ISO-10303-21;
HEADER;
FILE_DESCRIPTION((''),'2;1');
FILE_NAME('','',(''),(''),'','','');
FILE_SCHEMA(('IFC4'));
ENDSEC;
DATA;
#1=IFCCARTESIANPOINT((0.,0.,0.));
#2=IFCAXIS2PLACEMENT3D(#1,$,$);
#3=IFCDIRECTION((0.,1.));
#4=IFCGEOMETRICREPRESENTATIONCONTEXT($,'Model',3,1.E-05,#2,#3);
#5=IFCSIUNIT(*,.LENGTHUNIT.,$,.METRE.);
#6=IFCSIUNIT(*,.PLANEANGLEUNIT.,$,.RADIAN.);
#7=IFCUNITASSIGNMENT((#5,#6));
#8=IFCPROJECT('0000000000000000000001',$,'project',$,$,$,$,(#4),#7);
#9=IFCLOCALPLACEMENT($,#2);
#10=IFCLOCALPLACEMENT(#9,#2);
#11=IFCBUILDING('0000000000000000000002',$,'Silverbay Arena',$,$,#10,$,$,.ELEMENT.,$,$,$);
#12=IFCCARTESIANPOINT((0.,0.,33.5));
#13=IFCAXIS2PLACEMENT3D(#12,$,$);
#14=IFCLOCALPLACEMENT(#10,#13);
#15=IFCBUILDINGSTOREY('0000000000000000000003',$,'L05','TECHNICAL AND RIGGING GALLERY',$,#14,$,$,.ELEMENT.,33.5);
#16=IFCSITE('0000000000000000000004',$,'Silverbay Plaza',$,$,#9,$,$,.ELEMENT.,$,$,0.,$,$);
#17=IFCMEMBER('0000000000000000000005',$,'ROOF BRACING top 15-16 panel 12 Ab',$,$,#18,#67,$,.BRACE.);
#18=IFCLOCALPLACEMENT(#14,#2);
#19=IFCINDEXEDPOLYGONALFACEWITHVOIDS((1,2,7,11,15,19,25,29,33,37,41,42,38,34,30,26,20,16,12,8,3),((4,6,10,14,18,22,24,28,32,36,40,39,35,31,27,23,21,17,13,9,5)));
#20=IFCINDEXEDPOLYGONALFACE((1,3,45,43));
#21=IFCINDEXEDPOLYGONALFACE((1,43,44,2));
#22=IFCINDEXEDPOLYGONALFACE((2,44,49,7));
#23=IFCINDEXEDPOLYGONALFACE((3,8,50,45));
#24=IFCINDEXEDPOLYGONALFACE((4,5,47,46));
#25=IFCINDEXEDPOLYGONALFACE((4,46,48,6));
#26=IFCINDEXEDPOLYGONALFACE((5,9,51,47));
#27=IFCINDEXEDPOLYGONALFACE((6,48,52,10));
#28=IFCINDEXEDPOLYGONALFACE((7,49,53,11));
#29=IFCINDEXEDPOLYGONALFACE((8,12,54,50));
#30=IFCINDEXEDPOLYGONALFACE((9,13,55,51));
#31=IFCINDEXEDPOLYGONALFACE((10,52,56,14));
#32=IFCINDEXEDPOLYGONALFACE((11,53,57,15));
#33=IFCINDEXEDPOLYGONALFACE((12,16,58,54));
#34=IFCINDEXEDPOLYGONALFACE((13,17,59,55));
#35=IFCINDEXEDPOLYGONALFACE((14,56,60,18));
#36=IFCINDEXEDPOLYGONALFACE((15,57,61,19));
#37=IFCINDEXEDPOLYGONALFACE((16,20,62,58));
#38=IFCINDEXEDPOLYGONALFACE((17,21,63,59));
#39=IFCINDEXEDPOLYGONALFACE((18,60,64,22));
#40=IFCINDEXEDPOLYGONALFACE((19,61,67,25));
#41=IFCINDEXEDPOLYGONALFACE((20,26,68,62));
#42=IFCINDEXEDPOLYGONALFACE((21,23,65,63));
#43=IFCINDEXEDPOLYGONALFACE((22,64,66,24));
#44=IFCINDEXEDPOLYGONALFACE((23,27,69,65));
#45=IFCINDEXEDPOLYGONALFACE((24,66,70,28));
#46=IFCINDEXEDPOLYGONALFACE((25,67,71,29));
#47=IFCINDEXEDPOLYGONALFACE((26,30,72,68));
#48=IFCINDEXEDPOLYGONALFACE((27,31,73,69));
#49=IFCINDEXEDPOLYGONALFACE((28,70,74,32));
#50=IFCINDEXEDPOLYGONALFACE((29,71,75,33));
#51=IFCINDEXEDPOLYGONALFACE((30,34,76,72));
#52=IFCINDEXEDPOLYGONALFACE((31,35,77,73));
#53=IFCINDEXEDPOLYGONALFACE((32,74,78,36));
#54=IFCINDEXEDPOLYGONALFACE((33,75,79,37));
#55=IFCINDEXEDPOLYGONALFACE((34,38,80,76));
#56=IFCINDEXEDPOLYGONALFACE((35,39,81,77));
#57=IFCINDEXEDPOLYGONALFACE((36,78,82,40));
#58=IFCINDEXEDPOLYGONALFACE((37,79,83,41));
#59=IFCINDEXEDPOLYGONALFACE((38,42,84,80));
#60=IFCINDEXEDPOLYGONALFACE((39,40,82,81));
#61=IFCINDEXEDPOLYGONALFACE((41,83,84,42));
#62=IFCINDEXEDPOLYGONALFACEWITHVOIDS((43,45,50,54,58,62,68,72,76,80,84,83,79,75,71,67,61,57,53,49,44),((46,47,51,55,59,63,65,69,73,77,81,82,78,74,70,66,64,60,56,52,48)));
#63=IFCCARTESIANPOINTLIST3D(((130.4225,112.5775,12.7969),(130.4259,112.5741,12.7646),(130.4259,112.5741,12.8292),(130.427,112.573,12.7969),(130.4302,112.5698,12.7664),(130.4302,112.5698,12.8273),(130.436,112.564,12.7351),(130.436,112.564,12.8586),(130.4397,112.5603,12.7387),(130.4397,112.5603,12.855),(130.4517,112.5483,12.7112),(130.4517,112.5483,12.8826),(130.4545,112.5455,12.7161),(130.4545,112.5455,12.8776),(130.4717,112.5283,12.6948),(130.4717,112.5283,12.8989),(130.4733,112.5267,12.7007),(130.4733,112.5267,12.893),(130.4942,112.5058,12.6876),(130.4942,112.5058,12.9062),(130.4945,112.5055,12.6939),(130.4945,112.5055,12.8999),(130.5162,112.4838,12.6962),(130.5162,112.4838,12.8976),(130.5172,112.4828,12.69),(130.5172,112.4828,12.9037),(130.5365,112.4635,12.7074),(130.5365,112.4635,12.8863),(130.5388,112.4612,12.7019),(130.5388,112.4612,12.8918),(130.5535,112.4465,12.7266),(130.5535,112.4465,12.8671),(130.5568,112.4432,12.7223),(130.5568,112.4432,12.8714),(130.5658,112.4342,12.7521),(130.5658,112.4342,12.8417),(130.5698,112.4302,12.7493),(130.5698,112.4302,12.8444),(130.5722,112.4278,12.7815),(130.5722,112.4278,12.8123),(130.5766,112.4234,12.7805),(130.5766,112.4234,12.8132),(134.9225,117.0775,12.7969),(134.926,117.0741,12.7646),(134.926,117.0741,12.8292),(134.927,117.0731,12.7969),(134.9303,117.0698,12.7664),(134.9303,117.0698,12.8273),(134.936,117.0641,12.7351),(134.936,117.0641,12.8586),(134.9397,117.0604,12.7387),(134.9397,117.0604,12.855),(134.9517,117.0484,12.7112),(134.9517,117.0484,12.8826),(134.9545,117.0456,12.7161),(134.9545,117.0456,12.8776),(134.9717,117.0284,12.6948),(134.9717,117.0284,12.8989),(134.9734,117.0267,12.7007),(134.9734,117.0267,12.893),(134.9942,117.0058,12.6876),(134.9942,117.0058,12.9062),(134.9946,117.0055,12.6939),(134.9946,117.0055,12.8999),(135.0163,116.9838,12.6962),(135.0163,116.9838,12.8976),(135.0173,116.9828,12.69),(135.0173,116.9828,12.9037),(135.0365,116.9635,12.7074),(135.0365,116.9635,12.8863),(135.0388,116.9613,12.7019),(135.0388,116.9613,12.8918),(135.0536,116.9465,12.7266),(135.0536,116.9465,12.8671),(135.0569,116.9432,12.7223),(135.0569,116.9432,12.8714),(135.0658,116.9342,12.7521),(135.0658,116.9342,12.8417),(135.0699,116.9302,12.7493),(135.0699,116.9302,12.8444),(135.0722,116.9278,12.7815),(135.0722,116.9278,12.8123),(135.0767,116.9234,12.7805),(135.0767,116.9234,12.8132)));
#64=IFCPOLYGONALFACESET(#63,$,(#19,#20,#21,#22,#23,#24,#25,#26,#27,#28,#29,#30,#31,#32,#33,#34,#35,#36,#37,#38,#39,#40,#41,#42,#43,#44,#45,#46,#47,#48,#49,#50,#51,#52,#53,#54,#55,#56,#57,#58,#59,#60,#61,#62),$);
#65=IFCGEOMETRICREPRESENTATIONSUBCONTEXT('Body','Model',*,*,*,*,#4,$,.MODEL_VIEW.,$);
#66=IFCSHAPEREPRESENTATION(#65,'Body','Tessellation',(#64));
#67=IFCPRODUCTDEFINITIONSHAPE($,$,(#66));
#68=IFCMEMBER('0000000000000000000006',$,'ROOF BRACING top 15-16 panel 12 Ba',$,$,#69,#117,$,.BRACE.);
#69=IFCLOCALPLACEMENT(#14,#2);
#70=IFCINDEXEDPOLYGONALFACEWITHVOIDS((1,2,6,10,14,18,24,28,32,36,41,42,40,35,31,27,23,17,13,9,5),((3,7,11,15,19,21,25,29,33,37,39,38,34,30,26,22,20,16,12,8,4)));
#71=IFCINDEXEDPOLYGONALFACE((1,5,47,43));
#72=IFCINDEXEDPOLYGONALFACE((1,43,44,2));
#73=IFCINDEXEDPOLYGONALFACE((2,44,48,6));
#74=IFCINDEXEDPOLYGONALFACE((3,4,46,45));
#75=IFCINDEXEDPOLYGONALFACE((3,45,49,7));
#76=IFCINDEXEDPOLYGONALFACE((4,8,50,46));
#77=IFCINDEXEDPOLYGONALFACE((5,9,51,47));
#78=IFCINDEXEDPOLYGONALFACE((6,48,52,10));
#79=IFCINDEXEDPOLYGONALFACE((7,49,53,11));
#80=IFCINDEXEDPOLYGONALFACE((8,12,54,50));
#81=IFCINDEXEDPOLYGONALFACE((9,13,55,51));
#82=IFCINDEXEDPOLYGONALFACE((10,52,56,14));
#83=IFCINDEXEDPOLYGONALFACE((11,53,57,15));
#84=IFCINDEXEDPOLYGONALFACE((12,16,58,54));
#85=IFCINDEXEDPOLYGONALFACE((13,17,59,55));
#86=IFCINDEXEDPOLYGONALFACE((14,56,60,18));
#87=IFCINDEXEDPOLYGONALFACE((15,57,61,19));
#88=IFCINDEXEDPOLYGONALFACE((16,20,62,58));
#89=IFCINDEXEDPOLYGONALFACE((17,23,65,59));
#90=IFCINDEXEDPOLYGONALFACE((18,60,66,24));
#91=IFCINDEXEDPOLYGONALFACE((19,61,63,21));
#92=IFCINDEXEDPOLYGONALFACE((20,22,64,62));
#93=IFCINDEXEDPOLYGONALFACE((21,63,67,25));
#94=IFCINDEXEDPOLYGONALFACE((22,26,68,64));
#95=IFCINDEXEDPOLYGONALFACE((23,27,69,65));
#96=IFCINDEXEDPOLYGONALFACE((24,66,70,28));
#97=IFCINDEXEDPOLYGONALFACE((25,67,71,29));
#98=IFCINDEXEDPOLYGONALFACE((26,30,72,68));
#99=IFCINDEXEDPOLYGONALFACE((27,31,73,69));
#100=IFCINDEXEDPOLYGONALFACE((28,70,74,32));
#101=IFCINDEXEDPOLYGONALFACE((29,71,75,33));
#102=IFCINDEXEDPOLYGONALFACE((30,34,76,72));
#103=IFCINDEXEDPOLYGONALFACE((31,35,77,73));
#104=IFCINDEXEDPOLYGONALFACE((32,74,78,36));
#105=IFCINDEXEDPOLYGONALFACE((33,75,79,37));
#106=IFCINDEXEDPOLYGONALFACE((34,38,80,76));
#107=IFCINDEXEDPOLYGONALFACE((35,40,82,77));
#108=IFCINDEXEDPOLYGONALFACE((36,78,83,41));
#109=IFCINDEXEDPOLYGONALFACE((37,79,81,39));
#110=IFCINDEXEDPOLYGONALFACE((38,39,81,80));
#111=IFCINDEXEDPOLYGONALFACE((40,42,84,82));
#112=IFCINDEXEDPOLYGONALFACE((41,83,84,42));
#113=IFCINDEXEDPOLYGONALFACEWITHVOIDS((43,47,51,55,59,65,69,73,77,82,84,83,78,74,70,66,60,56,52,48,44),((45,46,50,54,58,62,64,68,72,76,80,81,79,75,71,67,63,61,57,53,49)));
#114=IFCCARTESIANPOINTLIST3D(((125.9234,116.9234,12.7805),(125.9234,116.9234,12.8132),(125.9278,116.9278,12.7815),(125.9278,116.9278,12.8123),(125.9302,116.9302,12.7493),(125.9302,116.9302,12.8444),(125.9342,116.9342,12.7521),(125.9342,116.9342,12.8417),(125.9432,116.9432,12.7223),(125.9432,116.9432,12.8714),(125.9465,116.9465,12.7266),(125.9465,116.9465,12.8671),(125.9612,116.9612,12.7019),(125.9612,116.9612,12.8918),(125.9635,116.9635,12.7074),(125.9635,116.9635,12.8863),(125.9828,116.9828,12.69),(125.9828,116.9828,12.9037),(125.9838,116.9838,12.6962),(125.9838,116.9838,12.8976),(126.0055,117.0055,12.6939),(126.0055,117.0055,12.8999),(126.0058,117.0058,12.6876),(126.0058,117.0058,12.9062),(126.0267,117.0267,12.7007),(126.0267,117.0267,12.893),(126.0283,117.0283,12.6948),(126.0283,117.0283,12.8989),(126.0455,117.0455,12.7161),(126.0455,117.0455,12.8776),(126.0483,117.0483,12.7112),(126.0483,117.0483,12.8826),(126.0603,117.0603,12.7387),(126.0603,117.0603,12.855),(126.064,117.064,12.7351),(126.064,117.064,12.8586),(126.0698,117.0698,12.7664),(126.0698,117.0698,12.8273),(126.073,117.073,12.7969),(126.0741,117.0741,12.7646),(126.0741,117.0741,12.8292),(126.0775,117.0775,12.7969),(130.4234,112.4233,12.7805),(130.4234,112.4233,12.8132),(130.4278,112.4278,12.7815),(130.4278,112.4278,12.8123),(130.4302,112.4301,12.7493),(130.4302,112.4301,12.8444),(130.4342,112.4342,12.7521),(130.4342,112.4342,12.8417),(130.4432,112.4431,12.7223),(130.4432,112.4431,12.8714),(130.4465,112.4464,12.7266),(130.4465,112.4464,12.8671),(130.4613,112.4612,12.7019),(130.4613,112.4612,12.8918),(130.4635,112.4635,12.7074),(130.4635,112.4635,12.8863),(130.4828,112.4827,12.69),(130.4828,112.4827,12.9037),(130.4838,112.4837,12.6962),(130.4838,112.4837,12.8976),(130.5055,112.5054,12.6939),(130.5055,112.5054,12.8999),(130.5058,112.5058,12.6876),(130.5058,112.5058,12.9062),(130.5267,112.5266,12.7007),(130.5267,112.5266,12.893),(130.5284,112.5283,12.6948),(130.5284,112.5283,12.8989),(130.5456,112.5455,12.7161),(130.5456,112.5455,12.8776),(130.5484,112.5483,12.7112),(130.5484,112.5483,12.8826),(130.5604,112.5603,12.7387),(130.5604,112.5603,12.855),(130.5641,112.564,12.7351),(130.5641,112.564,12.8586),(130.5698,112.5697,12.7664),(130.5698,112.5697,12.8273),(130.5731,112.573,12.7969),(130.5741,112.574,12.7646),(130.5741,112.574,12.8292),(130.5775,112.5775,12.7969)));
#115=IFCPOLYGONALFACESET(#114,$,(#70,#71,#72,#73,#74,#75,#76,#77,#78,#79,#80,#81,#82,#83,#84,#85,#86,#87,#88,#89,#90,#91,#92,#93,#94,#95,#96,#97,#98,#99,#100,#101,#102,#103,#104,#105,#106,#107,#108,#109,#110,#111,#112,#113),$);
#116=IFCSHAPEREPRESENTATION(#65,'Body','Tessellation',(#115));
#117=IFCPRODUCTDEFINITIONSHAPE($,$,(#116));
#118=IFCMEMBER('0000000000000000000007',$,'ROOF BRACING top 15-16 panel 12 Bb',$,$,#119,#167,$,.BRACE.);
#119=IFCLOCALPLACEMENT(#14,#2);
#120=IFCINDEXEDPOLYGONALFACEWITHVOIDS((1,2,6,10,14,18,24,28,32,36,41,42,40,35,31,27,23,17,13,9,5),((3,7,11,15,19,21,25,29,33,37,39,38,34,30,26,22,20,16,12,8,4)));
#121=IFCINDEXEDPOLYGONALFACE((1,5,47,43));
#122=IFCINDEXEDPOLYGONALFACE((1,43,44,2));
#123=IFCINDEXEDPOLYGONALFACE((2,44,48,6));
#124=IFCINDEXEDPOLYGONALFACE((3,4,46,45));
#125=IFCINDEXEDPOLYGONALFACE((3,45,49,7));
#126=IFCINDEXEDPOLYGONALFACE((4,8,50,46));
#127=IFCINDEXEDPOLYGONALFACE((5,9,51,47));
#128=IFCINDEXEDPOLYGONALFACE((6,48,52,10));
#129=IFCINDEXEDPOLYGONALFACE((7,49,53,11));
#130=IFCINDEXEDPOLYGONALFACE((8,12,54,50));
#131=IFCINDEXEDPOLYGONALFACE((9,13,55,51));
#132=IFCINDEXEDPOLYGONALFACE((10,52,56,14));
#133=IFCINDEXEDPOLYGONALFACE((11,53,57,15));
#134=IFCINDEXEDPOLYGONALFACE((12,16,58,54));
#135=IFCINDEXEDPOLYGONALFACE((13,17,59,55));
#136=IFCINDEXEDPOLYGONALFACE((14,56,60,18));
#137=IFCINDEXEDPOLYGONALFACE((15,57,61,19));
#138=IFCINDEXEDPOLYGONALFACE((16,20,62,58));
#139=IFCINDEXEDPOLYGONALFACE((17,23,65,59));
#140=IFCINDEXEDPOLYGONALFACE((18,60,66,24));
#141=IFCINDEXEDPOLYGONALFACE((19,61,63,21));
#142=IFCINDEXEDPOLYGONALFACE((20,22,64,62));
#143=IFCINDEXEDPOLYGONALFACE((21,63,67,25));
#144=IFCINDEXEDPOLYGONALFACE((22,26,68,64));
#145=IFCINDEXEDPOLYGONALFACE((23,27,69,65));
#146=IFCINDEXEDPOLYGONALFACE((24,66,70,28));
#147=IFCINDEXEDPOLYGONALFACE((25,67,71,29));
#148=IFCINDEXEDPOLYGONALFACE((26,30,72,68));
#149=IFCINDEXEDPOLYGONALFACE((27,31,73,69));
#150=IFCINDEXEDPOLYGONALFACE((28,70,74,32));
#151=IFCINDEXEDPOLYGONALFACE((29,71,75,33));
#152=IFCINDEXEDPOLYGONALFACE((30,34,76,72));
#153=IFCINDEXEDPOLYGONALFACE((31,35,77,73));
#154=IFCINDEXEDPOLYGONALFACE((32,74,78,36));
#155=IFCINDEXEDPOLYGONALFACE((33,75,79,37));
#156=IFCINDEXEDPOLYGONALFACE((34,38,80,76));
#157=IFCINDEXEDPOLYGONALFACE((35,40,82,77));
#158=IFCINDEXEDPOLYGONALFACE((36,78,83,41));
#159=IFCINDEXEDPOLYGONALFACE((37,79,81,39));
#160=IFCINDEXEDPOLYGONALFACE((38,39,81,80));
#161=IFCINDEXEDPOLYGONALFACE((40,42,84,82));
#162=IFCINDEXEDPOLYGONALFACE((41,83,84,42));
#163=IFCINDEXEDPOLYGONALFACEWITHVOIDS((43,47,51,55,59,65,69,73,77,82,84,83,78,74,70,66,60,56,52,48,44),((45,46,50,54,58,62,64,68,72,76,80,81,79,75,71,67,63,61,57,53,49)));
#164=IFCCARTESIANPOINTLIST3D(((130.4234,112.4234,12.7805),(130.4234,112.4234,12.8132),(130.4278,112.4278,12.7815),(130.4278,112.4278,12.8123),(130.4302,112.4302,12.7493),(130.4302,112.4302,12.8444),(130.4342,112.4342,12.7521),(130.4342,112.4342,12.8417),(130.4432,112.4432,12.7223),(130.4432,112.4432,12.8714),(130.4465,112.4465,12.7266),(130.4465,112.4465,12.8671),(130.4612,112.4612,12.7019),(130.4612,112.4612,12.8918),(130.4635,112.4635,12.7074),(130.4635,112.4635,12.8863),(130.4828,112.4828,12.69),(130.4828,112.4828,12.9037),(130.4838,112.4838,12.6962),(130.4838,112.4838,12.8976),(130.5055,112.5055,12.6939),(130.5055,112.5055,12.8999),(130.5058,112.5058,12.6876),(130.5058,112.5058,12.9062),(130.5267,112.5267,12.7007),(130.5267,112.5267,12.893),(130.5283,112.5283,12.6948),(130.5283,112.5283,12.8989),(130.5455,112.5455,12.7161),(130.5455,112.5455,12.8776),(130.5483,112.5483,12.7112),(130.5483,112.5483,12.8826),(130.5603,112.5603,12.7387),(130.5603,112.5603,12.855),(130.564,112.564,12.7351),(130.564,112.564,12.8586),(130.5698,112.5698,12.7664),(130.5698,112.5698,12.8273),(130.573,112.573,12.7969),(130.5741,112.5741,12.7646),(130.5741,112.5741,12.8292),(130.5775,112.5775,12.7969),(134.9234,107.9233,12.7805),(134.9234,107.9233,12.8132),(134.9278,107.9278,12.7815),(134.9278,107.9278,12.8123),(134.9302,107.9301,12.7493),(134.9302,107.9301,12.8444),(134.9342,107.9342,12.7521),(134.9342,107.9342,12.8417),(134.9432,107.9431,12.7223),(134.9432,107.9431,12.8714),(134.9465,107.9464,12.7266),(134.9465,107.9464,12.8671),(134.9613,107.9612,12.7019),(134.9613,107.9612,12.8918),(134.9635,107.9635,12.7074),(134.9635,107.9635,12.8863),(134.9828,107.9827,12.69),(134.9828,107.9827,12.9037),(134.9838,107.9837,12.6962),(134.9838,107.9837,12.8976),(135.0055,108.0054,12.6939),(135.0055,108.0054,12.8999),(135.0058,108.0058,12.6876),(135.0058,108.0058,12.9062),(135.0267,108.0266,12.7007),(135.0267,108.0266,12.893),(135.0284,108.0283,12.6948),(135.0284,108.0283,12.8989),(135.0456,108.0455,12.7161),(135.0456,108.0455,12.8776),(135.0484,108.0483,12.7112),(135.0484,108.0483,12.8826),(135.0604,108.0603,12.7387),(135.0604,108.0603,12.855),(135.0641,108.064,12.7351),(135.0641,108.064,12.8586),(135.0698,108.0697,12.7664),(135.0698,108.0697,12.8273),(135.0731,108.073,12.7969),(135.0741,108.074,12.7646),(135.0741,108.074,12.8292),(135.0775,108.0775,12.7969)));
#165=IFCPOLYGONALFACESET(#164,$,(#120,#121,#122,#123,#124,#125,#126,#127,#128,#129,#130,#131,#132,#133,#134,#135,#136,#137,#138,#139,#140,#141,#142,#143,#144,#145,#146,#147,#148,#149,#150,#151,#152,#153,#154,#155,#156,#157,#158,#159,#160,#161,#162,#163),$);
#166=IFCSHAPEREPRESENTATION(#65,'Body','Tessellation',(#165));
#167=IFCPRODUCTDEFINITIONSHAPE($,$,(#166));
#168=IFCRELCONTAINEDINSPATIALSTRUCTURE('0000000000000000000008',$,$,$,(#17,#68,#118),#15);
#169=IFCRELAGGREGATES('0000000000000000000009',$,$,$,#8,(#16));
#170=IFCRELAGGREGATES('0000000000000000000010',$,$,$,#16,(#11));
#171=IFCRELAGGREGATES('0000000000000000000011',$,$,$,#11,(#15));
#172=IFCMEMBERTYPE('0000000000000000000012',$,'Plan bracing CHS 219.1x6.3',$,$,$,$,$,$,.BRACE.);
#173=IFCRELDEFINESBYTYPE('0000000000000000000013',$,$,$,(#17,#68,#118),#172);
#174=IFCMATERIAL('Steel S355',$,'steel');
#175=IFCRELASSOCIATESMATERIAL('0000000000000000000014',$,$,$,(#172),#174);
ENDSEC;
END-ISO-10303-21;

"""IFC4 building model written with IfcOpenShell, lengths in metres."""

from ifc_helpers import new_model, si_unit, direction, frame, origin, origin_2d, place, context, subcontext, project, spatial, hollow_circle, extrude, material, material_profile, profile_set, type_object, element, save


model = new_model("IFC4")

# Units and contexts
model_context = context("Model", 3, precision=1e-05, world=origin(), true_north=direction((0.0, 1.0)))
body_context = subcontext(model_context, "Body", "Model", "MODEL_VIEW")
ifc_project = project(units=[si_unit("LENGTHUNIT", "METRE"), si_unit("PLANEANGLEUNIT", "RADIAN")], contexts=[model_context])

# Site, building, storey
site_placement = place(None, origin())
site = spatial("IfcSite", under=ifc_project, at=site_placement, Name="Silverbay Plaza", CompositionType="ELEMENT", RefElevation=0.0)
building_placement = place(site_placement, origin())
building = spatial("IfcBuilding", under=site, at=building_placement, Name="Silverbay Arena", CompositionType="ELEMENT")
storey_placement = place(building_placement, frame((0.0, 0.0, 33.5)))
storey = spatial("IfcBuildingStorey", under=building, at=storey_placement, Name="L05", Description="TECHNICAL AND RIGGING GALLERY", CompositionType="ELEMENT", Elevation=33.5)

# Members
ifc_material_1 = material(Name="Steel S355", Category="steel")
ifc_material_profile_1 = material_profile(ifc_material_1, hollow_circle(Radius=0.1096, WallThickness=0.0063, at=origin_2d()), Name="CHS 219.1x6.3")
ifc_profile_set_1 = profile_set([ifc_material_profile_1], Name="Steel S355")
member_type_1 = type_object("IfcMemberType", Name="Plan bracing CHS 219.1x6.3", PredefinedType="BRACE", material=ifc_profile_set_1)
for number, where, z_axis, x_axis, name in (
    (1, (130.5, 112.5, 12.7969), (0.707107, 0.707107, 0.0), (-0.707107, 0.707107, 0.0), "ROOF BRACING top 15-16 panel 12 Ab"),
    (2, (126.0, 117.0, 12.7969), (0.707107, -0.707107, 0.0), (0.707107, 0.707107, 0.0), "ROOF BRACING top 15-16 panel 12 Ba"),
    (3, (130.5, 112.5, 12.7969), (0.707107, -0.707107, 0.0), (0.707107, 0.707107, 0.0), "ROOF BRACING top 15-16 panel 12 Bb"),
):
    element("IfcMember", number, at=place(storey_placement, frame(where, z_axis=z_axis, x_axis=x_axis)), inside=storey, type_object=member_type_1, Name=name, PredefinedType="BRACE", context=body_context, shape_type="SweptSolid", body=[
        extrude(hollow_circle(Radius=0.1096, WallThickness=0.0063, at=origin_2d()), origin(), (0.0, 0.0, 1.0), 6.364),
    ])

save(model, "model.ifc")
